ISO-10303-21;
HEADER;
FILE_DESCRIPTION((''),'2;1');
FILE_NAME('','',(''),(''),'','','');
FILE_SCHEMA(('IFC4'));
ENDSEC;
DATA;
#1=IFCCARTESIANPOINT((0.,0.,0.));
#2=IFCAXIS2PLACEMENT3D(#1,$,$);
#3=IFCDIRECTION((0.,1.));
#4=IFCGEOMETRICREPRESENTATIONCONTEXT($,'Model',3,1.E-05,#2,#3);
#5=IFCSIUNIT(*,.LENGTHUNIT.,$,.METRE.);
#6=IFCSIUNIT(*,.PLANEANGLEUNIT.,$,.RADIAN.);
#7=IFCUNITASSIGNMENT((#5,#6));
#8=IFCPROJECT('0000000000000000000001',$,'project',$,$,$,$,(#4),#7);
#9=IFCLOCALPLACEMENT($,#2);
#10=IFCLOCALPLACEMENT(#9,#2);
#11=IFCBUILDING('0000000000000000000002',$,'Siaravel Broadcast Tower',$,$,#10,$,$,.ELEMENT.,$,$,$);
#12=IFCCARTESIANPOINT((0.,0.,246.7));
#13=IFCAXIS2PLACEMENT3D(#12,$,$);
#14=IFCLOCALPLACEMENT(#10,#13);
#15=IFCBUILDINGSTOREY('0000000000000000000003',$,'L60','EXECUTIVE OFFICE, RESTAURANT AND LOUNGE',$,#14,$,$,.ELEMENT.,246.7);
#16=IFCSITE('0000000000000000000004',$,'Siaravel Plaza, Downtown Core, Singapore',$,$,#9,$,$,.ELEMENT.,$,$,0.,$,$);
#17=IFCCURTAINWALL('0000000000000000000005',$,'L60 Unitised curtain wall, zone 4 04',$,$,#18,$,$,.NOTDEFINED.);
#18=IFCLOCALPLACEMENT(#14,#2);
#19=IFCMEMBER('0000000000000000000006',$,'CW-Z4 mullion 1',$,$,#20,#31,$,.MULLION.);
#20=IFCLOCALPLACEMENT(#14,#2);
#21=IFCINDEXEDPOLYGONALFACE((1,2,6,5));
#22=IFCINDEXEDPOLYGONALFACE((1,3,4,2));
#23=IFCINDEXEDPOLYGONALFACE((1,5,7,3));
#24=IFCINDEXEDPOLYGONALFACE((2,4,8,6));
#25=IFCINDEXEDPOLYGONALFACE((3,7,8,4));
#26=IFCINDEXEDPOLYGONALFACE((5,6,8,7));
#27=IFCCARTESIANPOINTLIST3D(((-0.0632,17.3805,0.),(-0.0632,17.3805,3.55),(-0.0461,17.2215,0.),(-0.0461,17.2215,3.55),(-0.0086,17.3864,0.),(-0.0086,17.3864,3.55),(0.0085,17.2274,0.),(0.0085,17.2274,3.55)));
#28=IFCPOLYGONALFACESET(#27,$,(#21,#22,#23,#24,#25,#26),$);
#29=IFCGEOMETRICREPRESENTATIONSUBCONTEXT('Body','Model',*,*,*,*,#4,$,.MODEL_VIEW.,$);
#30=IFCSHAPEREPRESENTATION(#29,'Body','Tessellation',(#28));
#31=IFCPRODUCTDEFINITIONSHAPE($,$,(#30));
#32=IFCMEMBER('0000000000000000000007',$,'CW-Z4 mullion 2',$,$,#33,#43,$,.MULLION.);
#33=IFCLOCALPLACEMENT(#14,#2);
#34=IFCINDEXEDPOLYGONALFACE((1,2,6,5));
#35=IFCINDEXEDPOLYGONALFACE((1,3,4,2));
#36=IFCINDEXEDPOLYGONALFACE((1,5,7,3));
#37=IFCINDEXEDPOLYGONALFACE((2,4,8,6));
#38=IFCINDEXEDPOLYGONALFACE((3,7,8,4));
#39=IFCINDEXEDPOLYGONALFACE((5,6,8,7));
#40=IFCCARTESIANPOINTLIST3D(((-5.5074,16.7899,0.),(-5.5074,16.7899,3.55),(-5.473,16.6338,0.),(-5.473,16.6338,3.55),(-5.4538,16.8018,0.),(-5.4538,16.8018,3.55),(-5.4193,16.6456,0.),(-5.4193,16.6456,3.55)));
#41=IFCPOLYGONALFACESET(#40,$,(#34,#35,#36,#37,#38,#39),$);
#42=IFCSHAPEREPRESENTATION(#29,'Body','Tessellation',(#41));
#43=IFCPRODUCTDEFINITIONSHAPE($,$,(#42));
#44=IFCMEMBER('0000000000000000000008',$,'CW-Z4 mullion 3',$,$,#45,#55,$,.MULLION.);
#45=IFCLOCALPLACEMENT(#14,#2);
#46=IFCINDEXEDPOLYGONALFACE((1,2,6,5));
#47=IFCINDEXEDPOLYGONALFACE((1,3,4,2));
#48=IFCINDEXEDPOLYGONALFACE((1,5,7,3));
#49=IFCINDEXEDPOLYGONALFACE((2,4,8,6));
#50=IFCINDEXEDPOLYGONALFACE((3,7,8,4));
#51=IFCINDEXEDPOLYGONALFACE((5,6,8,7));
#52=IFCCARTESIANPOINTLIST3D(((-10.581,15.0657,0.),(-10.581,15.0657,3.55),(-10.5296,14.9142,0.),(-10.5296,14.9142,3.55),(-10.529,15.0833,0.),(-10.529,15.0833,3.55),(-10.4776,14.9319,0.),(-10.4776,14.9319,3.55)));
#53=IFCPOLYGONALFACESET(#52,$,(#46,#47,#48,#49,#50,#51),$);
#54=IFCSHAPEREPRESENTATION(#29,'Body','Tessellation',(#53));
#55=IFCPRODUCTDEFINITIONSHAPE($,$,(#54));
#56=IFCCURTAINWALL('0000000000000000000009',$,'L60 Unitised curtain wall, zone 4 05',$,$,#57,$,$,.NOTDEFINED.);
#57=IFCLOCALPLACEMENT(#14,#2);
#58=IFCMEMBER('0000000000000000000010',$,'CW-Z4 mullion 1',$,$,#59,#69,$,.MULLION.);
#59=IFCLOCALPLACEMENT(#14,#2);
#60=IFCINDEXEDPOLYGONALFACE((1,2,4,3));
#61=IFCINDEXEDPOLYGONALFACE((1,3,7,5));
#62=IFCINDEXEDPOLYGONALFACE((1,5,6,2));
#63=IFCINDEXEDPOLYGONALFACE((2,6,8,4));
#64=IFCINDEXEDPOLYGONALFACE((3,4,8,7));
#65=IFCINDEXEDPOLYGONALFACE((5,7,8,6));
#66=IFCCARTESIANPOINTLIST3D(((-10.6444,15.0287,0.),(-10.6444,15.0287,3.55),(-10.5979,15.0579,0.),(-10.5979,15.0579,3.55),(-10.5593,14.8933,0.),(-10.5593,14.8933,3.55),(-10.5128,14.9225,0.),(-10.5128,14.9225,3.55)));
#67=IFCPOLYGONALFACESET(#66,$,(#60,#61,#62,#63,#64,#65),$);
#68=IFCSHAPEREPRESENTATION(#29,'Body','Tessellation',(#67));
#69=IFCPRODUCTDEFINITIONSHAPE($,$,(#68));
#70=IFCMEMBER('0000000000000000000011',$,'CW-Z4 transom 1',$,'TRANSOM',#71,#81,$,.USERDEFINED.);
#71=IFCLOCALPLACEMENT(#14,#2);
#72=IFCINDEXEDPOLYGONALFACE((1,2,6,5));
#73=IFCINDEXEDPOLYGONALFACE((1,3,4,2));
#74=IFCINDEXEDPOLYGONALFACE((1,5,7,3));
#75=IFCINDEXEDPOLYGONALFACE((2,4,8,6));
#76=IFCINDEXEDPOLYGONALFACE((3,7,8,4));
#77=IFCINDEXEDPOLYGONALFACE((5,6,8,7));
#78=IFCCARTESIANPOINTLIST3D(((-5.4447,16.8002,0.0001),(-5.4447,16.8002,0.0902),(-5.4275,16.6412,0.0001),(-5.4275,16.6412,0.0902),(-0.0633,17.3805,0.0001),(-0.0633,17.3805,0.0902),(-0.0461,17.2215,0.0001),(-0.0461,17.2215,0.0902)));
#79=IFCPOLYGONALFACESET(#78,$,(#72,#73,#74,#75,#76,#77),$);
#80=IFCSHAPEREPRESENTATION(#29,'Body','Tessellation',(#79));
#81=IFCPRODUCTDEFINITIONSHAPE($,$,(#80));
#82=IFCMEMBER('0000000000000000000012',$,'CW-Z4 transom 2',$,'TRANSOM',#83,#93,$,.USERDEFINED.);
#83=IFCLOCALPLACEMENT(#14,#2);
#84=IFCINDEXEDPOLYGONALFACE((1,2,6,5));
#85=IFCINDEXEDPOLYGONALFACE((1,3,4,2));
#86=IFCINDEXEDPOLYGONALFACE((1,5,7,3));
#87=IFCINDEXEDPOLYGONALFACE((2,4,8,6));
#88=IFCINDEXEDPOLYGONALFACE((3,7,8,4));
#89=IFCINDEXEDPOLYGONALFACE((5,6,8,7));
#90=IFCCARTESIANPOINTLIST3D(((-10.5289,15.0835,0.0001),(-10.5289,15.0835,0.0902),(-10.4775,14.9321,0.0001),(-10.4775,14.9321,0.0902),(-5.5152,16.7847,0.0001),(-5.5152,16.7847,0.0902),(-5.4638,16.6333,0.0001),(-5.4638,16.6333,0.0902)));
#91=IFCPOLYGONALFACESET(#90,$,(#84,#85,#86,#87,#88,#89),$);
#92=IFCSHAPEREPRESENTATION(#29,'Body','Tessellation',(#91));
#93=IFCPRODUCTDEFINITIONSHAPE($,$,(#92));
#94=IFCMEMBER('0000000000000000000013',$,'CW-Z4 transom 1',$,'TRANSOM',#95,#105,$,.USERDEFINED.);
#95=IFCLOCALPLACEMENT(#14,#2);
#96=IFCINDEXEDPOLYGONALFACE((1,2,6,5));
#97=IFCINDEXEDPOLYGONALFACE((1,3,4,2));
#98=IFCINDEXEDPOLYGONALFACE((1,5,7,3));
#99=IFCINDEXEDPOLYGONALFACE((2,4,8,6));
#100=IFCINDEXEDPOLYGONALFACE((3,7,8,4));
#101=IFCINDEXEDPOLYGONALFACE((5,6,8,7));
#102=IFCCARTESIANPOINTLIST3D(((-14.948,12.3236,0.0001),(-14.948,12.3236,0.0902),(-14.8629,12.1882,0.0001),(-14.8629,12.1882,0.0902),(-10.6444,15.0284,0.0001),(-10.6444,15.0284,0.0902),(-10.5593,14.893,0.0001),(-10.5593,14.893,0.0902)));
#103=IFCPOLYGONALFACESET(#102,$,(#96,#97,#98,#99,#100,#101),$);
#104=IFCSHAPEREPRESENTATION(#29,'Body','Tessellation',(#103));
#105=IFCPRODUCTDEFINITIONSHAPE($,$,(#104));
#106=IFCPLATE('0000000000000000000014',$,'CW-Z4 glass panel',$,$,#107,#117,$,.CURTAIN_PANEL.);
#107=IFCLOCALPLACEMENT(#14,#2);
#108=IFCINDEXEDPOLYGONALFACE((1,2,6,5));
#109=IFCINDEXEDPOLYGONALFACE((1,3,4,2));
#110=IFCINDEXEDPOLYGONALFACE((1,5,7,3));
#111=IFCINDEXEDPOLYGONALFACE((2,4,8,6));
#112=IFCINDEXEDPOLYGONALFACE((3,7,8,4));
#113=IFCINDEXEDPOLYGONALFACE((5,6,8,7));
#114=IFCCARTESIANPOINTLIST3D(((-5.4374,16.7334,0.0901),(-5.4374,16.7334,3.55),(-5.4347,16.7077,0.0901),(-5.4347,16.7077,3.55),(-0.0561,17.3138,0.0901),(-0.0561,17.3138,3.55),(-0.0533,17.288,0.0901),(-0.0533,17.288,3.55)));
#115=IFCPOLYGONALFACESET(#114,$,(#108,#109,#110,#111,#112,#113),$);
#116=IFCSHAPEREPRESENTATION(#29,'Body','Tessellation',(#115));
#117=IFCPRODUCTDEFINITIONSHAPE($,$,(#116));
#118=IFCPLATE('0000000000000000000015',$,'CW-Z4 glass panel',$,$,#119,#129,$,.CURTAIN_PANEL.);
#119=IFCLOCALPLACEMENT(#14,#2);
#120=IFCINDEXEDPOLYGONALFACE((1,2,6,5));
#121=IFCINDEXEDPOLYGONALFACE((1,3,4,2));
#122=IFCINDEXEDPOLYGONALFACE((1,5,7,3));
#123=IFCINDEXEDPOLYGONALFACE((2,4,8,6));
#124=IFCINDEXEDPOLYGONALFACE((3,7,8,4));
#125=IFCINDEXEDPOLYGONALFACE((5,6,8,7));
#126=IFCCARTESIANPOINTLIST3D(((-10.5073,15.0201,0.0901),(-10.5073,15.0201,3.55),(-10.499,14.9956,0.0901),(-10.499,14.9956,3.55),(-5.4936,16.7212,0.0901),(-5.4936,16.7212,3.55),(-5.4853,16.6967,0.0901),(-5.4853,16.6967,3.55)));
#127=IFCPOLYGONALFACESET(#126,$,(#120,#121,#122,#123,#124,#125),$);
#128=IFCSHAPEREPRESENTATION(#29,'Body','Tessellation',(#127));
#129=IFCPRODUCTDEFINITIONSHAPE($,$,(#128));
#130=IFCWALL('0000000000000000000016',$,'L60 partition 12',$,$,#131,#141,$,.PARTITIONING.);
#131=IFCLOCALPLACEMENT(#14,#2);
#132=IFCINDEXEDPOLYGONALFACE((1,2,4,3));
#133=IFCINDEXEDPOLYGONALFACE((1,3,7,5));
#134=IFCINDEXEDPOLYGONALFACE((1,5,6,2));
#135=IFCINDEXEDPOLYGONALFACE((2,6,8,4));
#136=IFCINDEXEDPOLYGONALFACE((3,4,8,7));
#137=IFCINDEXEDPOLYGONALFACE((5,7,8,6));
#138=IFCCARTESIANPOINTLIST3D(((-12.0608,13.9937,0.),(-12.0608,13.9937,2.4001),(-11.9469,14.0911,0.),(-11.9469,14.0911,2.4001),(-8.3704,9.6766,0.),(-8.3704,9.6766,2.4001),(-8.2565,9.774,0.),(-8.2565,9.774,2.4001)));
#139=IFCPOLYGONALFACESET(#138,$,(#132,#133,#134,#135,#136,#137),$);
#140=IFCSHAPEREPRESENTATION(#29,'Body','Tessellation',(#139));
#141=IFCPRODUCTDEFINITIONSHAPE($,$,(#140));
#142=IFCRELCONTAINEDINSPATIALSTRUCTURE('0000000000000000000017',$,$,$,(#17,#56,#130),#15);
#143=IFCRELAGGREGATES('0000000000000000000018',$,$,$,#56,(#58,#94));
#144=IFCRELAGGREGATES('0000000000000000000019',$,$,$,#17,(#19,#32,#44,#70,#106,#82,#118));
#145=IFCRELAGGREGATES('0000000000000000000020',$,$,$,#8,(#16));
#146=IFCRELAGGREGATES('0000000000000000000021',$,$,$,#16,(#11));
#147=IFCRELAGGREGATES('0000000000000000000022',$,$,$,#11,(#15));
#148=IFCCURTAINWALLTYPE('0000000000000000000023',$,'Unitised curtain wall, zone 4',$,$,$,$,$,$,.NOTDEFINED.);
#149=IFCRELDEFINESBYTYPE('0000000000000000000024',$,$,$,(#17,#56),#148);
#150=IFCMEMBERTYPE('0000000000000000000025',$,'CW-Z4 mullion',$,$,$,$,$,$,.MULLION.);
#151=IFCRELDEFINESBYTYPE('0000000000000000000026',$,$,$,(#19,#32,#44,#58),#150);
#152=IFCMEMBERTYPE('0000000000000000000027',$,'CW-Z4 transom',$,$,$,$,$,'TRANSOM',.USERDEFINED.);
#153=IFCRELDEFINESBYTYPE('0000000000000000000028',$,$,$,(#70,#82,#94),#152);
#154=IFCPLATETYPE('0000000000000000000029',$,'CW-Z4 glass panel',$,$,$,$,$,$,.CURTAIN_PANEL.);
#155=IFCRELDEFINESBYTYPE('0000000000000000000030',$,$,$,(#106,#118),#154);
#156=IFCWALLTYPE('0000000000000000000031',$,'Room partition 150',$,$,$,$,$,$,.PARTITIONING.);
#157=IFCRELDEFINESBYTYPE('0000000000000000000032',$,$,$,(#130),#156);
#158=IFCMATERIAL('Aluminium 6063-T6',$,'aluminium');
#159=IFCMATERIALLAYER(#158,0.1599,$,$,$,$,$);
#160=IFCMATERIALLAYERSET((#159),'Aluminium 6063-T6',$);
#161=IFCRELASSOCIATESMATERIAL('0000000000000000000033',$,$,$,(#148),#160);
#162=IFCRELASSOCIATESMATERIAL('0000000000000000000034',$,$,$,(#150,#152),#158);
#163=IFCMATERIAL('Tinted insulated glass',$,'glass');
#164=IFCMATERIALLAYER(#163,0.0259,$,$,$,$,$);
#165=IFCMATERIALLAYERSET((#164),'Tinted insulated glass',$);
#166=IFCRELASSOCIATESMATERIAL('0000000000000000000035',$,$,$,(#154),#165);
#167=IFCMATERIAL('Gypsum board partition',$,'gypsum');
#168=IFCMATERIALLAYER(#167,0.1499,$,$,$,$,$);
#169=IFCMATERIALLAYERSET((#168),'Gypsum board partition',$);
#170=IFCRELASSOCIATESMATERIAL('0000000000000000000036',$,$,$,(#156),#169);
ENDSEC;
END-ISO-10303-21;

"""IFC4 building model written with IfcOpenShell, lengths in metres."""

from ifc_helpers import new_model, si_unit, direction, frame, frame_2d, origin, origin_2d, place, context, subcontext, project, spatial, rectangle, extrude, material, layer, layer_set, material_profile, profile_set, type_object, element, aggregate, save


model = new_model("IFC4")

# Units and contexts
model_context = context("Model", 3, precision=1e-05, world=origin(), true_north=direction((0.0, 1.0)))
body_context = subcontext(model_context, "Body", "Model", "MODEL_VIEW")
ifc_project = project(units=[si_unit("LENGTHUNIT", "METRE"), si_unit("PLANEANGLEUNIT", "RADIAN")], contexts=[model_context])

# Site, building, storey
site_placement = place(None, origin())
site = spatial("IfcSite", under=ifc_project, at=site_placement, Name="Siaravel Plaza, Downtown Core, Singapore", CompositionType="ELEMENT", RefElevation=0.0)
building_placement = place(site_placement, origin())
building = spatial("IfcBuilding", under=site, at=building_placement, Name="Siaravel Broadcast Tower", CompositionType="ELEMENT")
storey_placement = place(building_placement, frame((0.0, 0.0, 246.7)))
storey = spatial("IfcBuildingStorey", under=building, at=storey_placement, Name="L60", Description="EXECUTIVE OFFICE, RESTAURANT AND LOUNGE", CompositionType="ELEMENT", Elevation=246.7)

# Curtain wall, members
ifc_material_1 = material(Name="Aluminium 6063-T6", Category="aluminium")
ifc_layer_1 = layer(ifc_material_1, 0.1599)
ifc_layer_set_1 = layer_set([ifc_layer_1], Name="Aluminium 6063-T6")
curtain_wall_type = type_object("IfcCurtainWallType", Name="Unitised curtain wall, zone 4", PredefinedType="NOTDEFINED", material=ifc_layer_set_1)
curtain_wall_1_placement = place(storey_placement, origin())
curtain_wall_1 = element("IfcCurtainWall", 1, at=curtain_wall_1_placement, inside=storey, type_object=curtain_wall_type, Name="L60 Unitised curtain wall, zone 4 04", PredefinedType="NOTDEFINED")
ifc_material_profile_1 = material_profile(ifc_material_1, rectangle(XDim=0.1599, YDim=0.0549, at=origin_2d()))
ifc_profile_set_1 = profile_set([ifc_material_profile_1], Name="Aluminium 6063-T6")
member_type_1 = type_object("IfcMemberType", Name="CW-Z4 mullion", PredefinedType="MULLION", material=ifc_profile_set_1)
member_1_placement = place(storey_placement, frame((-0.0273, 17.304, 0.0), z_axis=(0.0, 0.0, 1.0), x_axis=(0.107218, -0.994236, 0.0)))
member_1 = element("IfcMember", 2, at=member_1_placement, type_object=member_type_1, Name="CW-Z4 mullion 1", PredefinedType="MULLION", context=body_context, shape_type="SweptSolid", body=[
    extrude(rectangle(XDim=0.1599, YDim=0.0549, at=origin_2d()), origin(), (0.0, 0.0, 1.0), 3.55),
])
member_2_placement = place(storey_placement, frame((-5.4634, 16.7178, 0.0), z_axis=(0.0, 0.0, 1.0), x_axis=(0.215559, -0.976491, 0.0)))
member_2 = element("IfcMember", 3, at=member_2_placement, type_object=member_type_1, Name="CW-Z4 mullion 2", PredefinedType="MULLION", context=body_context, shape_type="SweptSolid", body=[
    extrude(rectangle(XDim=0.1599, YDim=0.0549, at=origin_2d()), origin(), (0.0, 0.0, 1.0), 3.55),
])
member_3_placement = place(storey_placement, frame((-10.5293, 14.9988, 0.0), z_axis=(0.0, 0.0, 1.0), x_axis=(0.321301, -0.946977, 0.0)))
member_3 = element("IfcMember", 4, at=member_3_placement, type_object=member_type_1, Name="CW-Z4 mullion 3", PredefinedType="MULLION", context=body_context, shape_type="SweptSolid", body=[
    extrude(rectangle(XDim=0.1599, YDim=0.0549, at=origin_2d()), origin(), (0.0, 0.0, 1.0), 3.55),
])

# Curtain wall, member
curtain_wall_2_placement = place(storey_placement, origin())
curtain_wall_2 = element("IfcCurtainWall", 5, at=curtain_wall_2_placement, inside=storey, type_object=curtain_wall_type, Name="L60 Unitised curtain wall, zone 4 05", PredefinedType="NOTDEFINED")
member_4_placement = place(storey_placement, frame((-10.5786, 14.9756, 0.0), z_axis=(0.0, 0.0, 1.0), x_axis=(0.53215, -0.84665, 0.0)))
member_4 = element("IfcMember", 6, at=member_4_placement, type_object=member_type_1, Name="CW-Z4 mullion 1", PredefinedType="MULLION", context=body_context, shape_type="SweptSolid", body=[
    extrude(rectangle(XDim=0.1599, YDim=0.0549, at=origin_2d()), origin(), (0.0, 0.0, 1.0), 3.55),
])

# Members
ifc_material_profile_2 = material_profile(ifc_material_1, rectangle(XDim=0.1599, YDim=0.0901, at=origin_2d()))
ifc_profile_set_2 = profile_set([ifc_material_profile_2], Name="Aluminium 6063-T6")
member_type_2 = type_object("IfcMemberType", Name="CW-Z4 transom", ElementType="TRANSOM", PredefinedType="USERDEFINED", material=ifc_profile_set_2)
member_5_placement = place(storey_placement, frame((-0.0547, 17.301, 0.0452), z_axis=(-0.994236, -0.107218, 0.0), x_axis=(0.107218, -0.994236, 0.0)))
member_5 = element("IfcMember", 7, at=member_5_placement, type_object=member_type_2, Name="CW-Z4 transom 1", ObjectType="TRANSOM", PredefinedType="USERDEFINED", context=body_context, shape_type="SweptSolid", body=[
    extrude(rectangle(XDim=0.1599, YDim=0.0901, at=origin_2d()), origin(), (0.0, 0.0, 1.0), 5.4126),
])
member_6_placement = place(storey_placement, frame((-5.4895, 16.709, 0.0452), z_axis=(-0.946973, -0.321314, 0.0), x_axis=(0.321314, -0.946973, 0.0)))
member_6 = element("IfcMember", 8, at=member_6_placement, type_object=member_type_2, Name="CW-Z4 transom 2", ObjectType="TRANSOM", PredefinedType="USERDEFINED", context=body_context, shape_type="SweptSolid", body=[
    extrude(rectangle(XDim=0.1599, YDim=0.0901, at=origin_2d()), origin(), (0.0, 0.0, 1.0), 5.2944),
])
member_7_placement = place(storey_placement, frame((-10.6018, 14.9607, 0.0452), z_axis=(-0.846668, -0.532121, 0.0), x_axis=(0.532121, -0.846668, 0.0)))
member_7 = element("IfcMember", 9, at=member_7_placement, type_object=member_type_2, Name="CW-Z4 transom 1", ObjectType="TRANSOM", PredefinedType="USERDEFINED", context=body_context, shape_type="SweptSolid", body=[
    extrude(rectangle(XDim=0.1599, YDim=0.0901, at=origin_2d()), origin(), (0.0, 0.0, 1.0), 5.083),
])
aggregate(curtain_wall_2, [member_4, member_7])

# Plates
ifc_material_2 = material(Name="Tinted insulated glass", Category="glass")
ifc_layer_2 = layer(ifc_material_2, 0.0259)
ifc_layer_set_2 = layer_set([ifc_layer_2], Name="Tinted insulated glass")
plate_type = type_object("IfcPlateType", Name="CW-Z4 glass panel", PredefinedType="CURTAIN_PANEL", material=ifc_layer_set_2)
plate_1_placement = place(storey_placement, frame((-2.7454, 17.0107, 0.0901), z_axis=(0.0, 0.0, 1.0), x_axis=(-0.994236, -0.107218, 0.0)))
plate_1 = element("IfcPlate", 10, at=plate_1_placement, type_object=plate_type, Name="CW-Z4 glass panel", PredefinedType="CURTAIN_PANEL", context=body_context, shape_type="SweptSolid", body=[
    extrude(rectangle(XDim=5.4126, YDim=0.0259, at=origin_2d()), origin(), (0.0, 0.0, 1.0), 3.46),
])
plate_2_placement = place(storey_placement, frame((-7.9963, 15.8584, 0.0901), z_axis=(0.0, 0.0, 1.0), x_axis=(-0.946977, -0.321301, 0.0)))
plate_2 = element("IfcPlate", 11, at=plate_2_placement, type_object=plate_type, Name="CW-Z4 glass panel", PredefinedType="CURTAIN_PANEL", context=body_context, shape_type="SweptSolid", body=[
    extrude(rectangle(XDim=5.2944, YDim=0.0259, at=origin_2d()), origin(), (0.0, 0.0, 1.0), 3.46),
])
aggregate(curtain_wall_1, [member_1, member_2, member_3, member_5, plate_1, member_6, plate_2])

# Wall
ifc_material_3 = material(Name="Gypsum board partition", Category="gypsum")
ifc_layer_3 = layer(ifc_material_3, 0.1499)
ifc_layer_set_3 = layer_set([ifc_layer_3], Name="Gypsum board partition")
wall_type = type_object("IfcWallType", Name="Room partition 150", PredefinedType="PARTITIONING", material=ifc_layer_set_3)
wall_placement = place(storey_placement, frame((-12.0039, 14.0425, 0.0), z_axis=(0.0, 0.0, 1.0), x_axis=(0.649778, -0.760124, 0.0)))
element("IfcWall", 12, at=wall_placement, inside=storey, type_object=wall_type, Name="L60 partition 12", PredefinedType="PARTITIONING", context=body_context, shape_type="SweptSolid", body=[
    extrude(rectangle(XDim=5.6794, YDim=0.1499, at=frame_2d((2.8398, 0.0))), origin(), (0.0, 0.0, 1.0), 2.4001),
])

save(model, "model.ifc")
